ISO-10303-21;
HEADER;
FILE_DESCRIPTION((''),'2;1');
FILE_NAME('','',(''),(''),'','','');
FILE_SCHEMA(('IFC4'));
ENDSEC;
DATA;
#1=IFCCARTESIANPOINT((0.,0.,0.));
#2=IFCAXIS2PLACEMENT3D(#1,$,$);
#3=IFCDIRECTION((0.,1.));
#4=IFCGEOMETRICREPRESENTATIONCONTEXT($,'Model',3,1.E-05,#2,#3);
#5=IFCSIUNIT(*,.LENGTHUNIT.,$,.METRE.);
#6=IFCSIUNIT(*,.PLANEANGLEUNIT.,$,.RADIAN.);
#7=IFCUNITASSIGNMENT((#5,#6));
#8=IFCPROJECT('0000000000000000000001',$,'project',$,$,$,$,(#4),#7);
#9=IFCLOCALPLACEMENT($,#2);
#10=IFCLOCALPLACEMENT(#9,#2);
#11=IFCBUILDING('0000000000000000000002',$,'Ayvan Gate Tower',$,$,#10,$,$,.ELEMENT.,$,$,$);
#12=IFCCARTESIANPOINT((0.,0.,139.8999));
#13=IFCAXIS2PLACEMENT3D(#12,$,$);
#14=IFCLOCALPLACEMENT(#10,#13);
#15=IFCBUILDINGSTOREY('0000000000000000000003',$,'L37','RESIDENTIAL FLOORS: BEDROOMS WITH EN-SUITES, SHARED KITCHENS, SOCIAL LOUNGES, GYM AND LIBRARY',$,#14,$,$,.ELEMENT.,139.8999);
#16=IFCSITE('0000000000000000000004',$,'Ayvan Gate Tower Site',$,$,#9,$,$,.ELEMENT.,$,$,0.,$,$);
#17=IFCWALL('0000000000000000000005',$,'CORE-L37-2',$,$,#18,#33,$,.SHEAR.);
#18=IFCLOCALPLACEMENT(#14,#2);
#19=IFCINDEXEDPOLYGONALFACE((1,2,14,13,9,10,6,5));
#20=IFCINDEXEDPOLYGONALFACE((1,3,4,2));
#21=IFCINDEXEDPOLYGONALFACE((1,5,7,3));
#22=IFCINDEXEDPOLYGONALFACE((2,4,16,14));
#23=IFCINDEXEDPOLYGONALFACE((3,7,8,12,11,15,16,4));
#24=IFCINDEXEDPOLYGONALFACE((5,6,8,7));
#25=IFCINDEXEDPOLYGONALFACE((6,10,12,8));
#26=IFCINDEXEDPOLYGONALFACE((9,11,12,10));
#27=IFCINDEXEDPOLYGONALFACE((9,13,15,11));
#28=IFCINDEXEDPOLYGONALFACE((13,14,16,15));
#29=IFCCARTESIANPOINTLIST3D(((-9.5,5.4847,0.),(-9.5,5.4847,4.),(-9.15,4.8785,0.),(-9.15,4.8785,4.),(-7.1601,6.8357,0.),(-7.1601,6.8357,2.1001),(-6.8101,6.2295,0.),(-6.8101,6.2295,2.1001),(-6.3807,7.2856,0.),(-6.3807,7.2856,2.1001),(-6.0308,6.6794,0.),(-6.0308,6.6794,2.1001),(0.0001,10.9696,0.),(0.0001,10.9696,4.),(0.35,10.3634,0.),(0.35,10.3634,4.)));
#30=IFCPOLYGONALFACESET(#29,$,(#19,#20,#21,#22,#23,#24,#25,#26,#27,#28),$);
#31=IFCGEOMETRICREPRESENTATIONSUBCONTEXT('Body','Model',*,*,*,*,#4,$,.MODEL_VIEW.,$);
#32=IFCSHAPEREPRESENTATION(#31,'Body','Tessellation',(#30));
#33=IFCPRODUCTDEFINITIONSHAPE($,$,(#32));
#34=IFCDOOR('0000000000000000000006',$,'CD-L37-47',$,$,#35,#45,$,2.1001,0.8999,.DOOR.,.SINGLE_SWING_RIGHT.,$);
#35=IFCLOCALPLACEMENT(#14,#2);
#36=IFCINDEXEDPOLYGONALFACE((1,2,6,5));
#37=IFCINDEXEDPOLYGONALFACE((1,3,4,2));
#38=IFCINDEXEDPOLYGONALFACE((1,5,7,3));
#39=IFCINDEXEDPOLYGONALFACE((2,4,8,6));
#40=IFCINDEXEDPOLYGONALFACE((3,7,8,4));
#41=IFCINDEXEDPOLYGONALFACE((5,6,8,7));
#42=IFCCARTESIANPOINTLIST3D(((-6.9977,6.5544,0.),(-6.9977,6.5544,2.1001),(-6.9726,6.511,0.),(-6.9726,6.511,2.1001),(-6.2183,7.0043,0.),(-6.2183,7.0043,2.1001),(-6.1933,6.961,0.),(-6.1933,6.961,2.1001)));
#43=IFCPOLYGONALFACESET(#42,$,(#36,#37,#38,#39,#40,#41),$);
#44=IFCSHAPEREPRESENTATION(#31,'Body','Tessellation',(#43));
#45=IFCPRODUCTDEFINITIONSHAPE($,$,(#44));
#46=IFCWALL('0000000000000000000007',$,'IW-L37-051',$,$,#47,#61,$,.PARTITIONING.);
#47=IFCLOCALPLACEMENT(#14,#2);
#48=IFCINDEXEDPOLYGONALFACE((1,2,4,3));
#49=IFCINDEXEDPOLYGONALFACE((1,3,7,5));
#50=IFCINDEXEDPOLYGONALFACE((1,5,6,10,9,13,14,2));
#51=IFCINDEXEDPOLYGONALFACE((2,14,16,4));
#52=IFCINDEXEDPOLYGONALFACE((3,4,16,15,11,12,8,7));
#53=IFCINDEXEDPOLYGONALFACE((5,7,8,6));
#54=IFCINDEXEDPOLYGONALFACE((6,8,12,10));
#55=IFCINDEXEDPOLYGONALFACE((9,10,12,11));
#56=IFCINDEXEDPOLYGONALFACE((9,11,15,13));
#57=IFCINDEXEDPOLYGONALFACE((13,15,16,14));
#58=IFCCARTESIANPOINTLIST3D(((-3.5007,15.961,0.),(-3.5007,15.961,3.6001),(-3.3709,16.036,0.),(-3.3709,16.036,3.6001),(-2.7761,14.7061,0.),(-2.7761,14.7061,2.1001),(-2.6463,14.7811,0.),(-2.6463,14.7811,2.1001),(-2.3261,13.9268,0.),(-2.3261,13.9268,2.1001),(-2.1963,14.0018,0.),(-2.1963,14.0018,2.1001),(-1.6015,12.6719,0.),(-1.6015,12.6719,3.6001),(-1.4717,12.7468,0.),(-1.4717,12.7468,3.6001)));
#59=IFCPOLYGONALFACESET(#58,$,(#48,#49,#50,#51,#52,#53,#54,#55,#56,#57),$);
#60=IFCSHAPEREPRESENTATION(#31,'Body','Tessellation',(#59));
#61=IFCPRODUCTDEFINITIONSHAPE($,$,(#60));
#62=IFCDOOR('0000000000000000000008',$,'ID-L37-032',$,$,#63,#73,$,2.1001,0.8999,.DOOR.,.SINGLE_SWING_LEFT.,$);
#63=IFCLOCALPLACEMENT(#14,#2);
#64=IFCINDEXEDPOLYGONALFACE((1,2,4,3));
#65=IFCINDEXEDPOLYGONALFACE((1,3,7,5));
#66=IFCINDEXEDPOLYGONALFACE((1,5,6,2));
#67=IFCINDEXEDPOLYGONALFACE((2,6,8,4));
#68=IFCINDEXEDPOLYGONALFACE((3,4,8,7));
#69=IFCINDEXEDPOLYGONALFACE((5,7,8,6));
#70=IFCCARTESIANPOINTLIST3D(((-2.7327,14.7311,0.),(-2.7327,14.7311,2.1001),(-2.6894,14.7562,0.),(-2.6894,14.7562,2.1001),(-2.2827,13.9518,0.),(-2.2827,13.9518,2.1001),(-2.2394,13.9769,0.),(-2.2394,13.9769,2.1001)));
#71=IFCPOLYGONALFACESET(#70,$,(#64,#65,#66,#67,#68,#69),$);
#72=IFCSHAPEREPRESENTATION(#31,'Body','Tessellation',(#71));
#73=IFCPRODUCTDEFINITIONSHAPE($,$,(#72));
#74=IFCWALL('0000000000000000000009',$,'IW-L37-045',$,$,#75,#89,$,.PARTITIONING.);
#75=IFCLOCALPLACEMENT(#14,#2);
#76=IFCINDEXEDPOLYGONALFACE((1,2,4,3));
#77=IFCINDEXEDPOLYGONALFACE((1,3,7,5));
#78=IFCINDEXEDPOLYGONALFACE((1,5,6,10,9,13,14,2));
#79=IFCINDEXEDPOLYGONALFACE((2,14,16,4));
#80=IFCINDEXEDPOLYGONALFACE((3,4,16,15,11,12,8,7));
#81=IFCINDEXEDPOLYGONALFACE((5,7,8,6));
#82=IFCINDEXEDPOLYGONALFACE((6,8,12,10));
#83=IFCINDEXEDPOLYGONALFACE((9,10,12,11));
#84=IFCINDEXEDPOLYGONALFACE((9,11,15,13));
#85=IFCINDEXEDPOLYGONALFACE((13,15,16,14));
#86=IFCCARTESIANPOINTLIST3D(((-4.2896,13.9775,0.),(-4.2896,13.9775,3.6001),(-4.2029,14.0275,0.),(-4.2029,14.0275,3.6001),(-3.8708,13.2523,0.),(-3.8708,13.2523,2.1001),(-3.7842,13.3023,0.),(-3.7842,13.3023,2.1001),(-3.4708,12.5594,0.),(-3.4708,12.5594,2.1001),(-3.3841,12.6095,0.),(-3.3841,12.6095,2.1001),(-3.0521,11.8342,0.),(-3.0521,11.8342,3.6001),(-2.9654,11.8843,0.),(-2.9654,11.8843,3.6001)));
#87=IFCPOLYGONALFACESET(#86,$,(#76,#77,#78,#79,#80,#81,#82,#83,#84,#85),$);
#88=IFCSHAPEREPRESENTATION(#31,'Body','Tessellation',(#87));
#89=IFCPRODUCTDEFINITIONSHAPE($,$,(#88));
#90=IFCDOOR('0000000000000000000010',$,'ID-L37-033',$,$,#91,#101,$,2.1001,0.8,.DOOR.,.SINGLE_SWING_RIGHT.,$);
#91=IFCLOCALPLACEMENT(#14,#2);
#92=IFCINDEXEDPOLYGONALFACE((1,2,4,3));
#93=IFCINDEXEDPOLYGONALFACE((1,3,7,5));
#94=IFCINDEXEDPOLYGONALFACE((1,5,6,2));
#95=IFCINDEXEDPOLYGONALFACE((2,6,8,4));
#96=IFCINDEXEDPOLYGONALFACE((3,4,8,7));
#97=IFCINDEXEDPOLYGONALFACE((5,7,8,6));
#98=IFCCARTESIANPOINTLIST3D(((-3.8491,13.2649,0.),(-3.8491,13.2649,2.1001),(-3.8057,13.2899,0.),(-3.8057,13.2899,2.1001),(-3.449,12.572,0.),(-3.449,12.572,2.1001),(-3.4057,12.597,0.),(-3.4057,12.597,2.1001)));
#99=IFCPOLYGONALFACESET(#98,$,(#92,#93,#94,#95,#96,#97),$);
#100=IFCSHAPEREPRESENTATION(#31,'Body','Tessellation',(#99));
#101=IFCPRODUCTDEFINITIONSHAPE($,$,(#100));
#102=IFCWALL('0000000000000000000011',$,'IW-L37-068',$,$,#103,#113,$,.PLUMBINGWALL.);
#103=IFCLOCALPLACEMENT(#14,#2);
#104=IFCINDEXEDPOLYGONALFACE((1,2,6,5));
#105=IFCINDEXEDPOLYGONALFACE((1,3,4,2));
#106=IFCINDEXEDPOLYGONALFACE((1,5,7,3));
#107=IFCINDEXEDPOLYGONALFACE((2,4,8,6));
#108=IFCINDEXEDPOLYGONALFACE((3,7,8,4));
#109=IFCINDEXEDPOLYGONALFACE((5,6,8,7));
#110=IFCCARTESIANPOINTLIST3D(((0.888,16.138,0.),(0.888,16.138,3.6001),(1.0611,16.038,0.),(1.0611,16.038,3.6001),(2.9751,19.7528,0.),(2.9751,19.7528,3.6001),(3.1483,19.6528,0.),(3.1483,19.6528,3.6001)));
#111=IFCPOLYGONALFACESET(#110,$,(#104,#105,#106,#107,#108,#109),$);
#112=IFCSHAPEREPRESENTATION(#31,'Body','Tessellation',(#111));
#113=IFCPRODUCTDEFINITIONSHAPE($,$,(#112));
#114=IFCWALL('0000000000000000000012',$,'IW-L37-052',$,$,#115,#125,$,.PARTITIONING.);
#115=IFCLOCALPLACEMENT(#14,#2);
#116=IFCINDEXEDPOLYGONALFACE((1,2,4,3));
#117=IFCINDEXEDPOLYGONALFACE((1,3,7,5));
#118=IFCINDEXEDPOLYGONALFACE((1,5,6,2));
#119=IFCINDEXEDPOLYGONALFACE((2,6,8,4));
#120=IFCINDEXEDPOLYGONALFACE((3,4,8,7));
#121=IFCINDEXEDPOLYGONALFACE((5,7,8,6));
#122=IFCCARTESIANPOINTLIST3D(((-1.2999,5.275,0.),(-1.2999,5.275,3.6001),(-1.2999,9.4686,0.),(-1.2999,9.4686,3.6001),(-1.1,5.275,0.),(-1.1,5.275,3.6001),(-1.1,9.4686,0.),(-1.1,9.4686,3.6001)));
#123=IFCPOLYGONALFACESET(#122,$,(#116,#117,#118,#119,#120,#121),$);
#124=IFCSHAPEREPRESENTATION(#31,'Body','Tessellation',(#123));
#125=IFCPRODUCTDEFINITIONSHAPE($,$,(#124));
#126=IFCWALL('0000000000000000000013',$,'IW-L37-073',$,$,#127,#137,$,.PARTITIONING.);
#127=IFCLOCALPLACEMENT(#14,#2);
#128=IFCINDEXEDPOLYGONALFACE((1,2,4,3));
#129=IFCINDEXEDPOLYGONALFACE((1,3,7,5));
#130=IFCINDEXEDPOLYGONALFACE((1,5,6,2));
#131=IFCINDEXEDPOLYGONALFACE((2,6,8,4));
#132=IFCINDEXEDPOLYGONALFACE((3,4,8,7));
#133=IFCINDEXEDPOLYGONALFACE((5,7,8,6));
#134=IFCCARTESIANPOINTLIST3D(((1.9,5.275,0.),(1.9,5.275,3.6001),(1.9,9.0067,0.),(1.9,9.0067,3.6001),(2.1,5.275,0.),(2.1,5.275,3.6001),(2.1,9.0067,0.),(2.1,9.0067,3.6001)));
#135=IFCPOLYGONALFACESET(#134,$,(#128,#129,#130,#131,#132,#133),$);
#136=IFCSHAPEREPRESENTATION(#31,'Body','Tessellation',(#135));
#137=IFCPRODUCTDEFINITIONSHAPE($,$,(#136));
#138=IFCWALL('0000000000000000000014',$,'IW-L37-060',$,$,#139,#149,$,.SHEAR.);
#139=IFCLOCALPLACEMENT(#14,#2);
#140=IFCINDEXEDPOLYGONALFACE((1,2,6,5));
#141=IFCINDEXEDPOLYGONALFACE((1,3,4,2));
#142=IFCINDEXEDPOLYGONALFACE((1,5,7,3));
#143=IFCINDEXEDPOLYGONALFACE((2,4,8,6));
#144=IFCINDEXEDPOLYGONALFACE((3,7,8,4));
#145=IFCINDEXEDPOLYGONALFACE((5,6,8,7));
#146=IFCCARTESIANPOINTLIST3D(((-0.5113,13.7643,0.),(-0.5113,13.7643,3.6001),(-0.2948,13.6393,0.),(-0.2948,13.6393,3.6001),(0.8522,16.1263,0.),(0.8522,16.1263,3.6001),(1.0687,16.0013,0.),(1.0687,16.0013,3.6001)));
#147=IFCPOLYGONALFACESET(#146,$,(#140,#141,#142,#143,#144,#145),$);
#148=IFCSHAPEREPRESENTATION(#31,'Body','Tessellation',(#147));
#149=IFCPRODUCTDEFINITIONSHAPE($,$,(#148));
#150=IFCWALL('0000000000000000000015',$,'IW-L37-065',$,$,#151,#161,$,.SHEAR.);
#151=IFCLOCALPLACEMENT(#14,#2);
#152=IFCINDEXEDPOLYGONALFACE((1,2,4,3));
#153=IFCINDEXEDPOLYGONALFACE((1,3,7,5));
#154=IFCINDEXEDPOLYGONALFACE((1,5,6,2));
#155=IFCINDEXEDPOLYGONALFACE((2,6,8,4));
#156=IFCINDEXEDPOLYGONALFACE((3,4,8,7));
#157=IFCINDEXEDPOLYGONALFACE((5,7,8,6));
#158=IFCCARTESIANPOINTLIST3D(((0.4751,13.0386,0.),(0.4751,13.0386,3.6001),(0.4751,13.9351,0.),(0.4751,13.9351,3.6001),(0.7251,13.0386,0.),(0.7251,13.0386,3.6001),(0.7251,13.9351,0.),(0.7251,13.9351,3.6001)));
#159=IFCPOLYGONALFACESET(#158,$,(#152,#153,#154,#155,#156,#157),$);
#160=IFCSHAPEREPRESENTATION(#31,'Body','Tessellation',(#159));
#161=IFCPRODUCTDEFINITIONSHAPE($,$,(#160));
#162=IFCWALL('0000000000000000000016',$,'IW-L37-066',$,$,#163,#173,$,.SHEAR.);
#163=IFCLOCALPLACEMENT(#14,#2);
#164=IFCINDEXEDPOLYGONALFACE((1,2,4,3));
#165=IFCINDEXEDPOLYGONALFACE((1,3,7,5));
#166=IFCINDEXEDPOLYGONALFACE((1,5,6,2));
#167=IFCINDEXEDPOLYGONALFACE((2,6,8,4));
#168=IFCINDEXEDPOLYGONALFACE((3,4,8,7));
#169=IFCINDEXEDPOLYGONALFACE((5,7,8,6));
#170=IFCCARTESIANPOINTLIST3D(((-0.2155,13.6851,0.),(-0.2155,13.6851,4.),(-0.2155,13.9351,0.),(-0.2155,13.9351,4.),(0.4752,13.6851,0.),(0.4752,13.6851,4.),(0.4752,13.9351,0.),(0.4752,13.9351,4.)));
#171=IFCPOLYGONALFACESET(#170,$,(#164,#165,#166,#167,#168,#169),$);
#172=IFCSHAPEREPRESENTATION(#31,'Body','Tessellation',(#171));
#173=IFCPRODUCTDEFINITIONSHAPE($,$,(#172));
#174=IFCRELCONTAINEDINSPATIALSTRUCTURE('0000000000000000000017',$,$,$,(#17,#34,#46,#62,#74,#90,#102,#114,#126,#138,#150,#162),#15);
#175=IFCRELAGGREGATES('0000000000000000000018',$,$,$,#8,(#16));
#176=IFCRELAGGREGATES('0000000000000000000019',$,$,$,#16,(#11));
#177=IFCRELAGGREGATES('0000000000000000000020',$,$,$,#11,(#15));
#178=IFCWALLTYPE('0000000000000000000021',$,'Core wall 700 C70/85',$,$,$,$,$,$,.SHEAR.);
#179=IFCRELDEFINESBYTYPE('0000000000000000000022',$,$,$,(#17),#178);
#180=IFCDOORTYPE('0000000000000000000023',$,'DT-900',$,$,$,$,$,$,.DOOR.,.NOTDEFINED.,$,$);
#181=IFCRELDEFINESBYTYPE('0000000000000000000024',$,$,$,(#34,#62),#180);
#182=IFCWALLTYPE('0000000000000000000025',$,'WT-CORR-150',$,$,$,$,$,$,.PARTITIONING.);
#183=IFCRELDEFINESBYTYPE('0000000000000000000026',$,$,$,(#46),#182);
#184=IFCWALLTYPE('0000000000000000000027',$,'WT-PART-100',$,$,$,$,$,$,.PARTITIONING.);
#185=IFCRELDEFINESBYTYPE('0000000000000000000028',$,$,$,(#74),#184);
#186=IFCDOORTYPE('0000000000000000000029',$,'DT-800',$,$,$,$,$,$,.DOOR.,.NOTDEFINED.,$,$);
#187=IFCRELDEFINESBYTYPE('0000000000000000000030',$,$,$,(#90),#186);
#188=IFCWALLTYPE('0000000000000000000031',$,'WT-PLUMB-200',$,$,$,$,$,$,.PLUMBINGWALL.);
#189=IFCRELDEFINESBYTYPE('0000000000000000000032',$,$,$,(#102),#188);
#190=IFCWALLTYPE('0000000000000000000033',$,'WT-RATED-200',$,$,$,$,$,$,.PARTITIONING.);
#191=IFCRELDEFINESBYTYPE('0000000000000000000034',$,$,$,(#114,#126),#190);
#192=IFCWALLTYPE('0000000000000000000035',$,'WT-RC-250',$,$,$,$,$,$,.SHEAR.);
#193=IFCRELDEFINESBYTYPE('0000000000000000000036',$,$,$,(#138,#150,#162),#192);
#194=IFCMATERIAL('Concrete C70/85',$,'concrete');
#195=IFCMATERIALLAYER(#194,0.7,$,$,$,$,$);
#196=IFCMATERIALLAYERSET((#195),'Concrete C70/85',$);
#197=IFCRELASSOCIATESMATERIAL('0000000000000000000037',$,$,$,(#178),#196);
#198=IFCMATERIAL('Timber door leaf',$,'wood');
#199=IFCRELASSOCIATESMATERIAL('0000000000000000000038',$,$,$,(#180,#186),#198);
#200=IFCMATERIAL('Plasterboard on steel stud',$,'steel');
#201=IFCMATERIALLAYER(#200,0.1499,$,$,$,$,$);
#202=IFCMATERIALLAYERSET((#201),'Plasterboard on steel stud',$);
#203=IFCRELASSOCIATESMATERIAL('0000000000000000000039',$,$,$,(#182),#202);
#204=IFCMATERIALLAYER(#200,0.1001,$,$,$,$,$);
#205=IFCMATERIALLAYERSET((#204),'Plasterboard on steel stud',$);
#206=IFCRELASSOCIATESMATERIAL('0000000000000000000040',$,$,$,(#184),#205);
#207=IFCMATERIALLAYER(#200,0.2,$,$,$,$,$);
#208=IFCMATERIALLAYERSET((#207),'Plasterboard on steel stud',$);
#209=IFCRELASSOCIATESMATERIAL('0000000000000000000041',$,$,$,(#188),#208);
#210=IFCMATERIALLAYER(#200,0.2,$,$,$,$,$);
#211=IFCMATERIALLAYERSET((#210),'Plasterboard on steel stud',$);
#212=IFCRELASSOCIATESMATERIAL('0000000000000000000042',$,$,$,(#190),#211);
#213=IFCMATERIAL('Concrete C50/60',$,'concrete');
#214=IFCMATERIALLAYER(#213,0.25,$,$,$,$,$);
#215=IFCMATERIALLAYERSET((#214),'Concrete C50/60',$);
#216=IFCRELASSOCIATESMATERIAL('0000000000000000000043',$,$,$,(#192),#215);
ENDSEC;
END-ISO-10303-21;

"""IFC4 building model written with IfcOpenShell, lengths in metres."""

from ifc_helpers import new_model, si_unit, direction, frame, frame_2d, origin, place, context, subcontext, project, spatial, rectangle, extrude, material, layer, layer_set, type_object, element, fill, save


model = new_model("IFC4")

# Units and contexts
model_context = context("Model", 3, precision=1e-05, world=origin(), true_north=direction((0.0, 1.0)))
body_context = subcontext(model_context, "Body", "Model", "MODEL_VIEW")
ifc_project = project(units=[si_unit("LENGTHUNIT", "METRE"), si_unit("PLANEANGLEUNIT", "RADIAN")], contexts=[model_context])

# Site, building, storey
site_placement = place(None, origin())
site = spatial("IfcSite", under=ifc_project, at=site_placement, Name="Ayvan Gate Tower Site", CompositionType="ELEMENT", RefElevation=0.0)
building_placement = place(site_placement, origin())
building = spatial("IfcBuilding", under=site, at=building_placement, Name="Ayvan Gate Tower", CompositionType="ELEMENT")
storey_placement = place(building_placement, frame((0.0, 0.0, 139.8999)))
storey = spatial("IfcBuildingStorey", under=building, at=storey_placement, Name="L37", Description="RESIDENTIAL FLOORS: BEDROOMS WITH EN-SUITES, SHARED KITCHENS, SOCIAL LOUNGES, GYM AND LIBRARY", CompositionType="ELEMENT", Elevation=139.8999)

# Walls, openings, doors
ifc_material_1 = material(Name="Concrete C70/85", Category="concrete")
ifc_layer_1 = layer(ifc_material_1, 0.7)
ifc_layer_set_1 = layer_set([ifc_layer_1], Name="Concrete C70/85")
wall_type_1 = type_object("IfcWallType", Name="Core wall 700 C70/85", PredefinedType="SHEAR", material=ifc_layer_set_1)
wall_1_placement = place(storey_placement, frame((0.175, 10.6665, 0.0), z_axis=(0.0, 0.0, 1.0), x_axis=(-0.866024, -0.500002, 0.0)))
wall_1 = element("IfcWall", 1, at=wall_1_placement, inside=storey, type_object=wall_type_1, Name="CORE-L37-2", PredefinedType="SHEAR", context=body_context, shape_type="SweptSolid", body=[
    extrude(rectangle(XDim=10.9697, YDim=0.7, at=frame_2d((5.4849, 0.0))), origin(), (0.0, 0.0, 1.0), 4.0),
])
opening_1_placement = place(wall_1_placement, frame((7.3679, 0.0, 0.0)))
opening_1 = element("IfcOpeningElement", 2, at=opening_1_placement, cuts=wall_1, PredefinedType="OPENING", context=body_context, shape_type="SweptSolid", body=[
    extrude(rectangle(XDim=0.8999, YDim=2.1001, at=frame_2d((0.45, 1.05))), frame((0.0, 0.3599, 0.0), z_axis=(0.0, -1.0, 0.0), x_axis=(1.0, 0.0, 0.0)), (0.0, 0.0, 1.0), 0.72),
])
ifc_material_2 = material(Name="Timber door leaf", Category="wood")
door_type_1 = type_object("IfcDoorType", Name="DT-900", OperationType="NOTDEFINED", PredefinedType="DOOR", material=ifc_material_2)
door_1_placement = place(opening_1_placement, origin())
door_1 = element("IfcDoor", 3, at=door_1_placement, inside=storey, type_object=door_type_1, Name="CD-L37-47", OperationType="SINGLE_SWING_RIGHT", OverallHeight=2.1001, OverallWidth=0.8999, PredefinedType="DOOR", context=body_context, shape_type="SweptSolid", body=[
    extrude(rectangle(XDim=0.8999, YDim=2.1001, at=frame_2d((0.45, 1.05))), frame((0.0, 0.0249, 0.0), z_axis=(0.0, -1.0, 0.0), x_axis=(1.0, 0.0, 0.0)), (0.0, 0.0, 1.0), 0.05),
])
fill(opening_1, door_1)
ifc_material_3 = material(Name="Plasterboard on steel stud", Category="steel")
ifc_layer_2 = layer(ifc_material_3, 0.1499)
ifc_layer_set_2 = layer_set([ifc_layer_2], Name="Plasterboard on steel stud")
wall_type_2 = type_object("IfcWallType", Name="WT-CORR-150", PredefinedType="PARTITIONING", material=ifc_layer_set_2)
wall_2_placement = place(storey_placement, frame((-1.5366, 12.7095, 0.0), z_axis=(0.0, 0.0, 1.0), x_axis=(-0.500045, 0.865999, 0.0)))
wall_2 = element("IfcWall", 4, at=wall_2_placement, inside=storey, type_object=wall_type_2, Name="IW-L37-051", PredefinedType="PARTITIONING", context=body_context, shape_type="SweptSolid", body=[
    extrude(rectangle(XDim=3.7981, YDim=0.1499, at=frame_2d((1.8989, 0.0))), origin(), (0.0, 0.0, 1.0), 3.6001),
])
opening_2_placement = place(wall_2_placement, frame((1.449, 0.0, 0.0)))
opening_2 = element("IfcOpeningElement", 5, at=opening_2_placement, cuts=wall_2, PredefinedType="OPENING", context=body_context, shape_type="SweptSolid", body=[
    extrude(rectangle(XDim=0.8999, YDim=2.1001, at=frame_2d((0.45, 1.05))), frame((0.0, 0.085, 0.0), z_axis=(0.0, -1.0, 0.0), x_axis=(1.0, 0.0, 0.0)), (0.0, 0.0, 1.0), 0.1699),
])
door_2_placement = place(opening_2_placement, origin())
door_2 = element("IfcDoor", 6, at=door_2_placement, inside=storey, type_object=door_type_1, Name="ID-L37-032", OperationType="SINGLE_SWING_LEFT", OverallHeight=2.1001, OverallWidth=0.8999, PredefinedType="DOOR", context=body_context, shape_type="SweptSolid", body=[
    extrude(rectangle(XDim=0.8999, YDim=2.1001, at=frame_2d((0.45, 1.05))), frame((0.0, 0.0249, 0.0), z_axis=(0.0, -1.0, 0.0), x_axis=(1.0, 0.0, 0.0)), (0.0, 0.0, 1.0), 0.05),
])
fill(opening_2, door_2)
ifc_layer_3 = layer(ifc_material_3, 0.1001)
ifc_layer_set_3 = layer_set([ifc_layer_3], Name="Plasterboard on steel stud")
wall_type_3 = type_object("IfcWallType", Name="WT-PART-100", PredefinedType="PARTITIONING", material=ifc_layer_set_3)
wall_3_placement = place(storey_placement, frame((-3.0088, 11.8594, 0.0), z_axis=(0.0, 0.0, 1.0), x_axis=(-0.500033, 0.866007, 0.0)))
wall_3 = element("IfcWall", 7, at=wall_3_placement, inside=storey, type_object=wall_type_3, Name="IW-L37-045", PredefinedType="PARTITIONING", context=body_context, shape_type="SweptSolid", body=[
    extrude(rectangle(XDim=2.4749, YDim=0.1001, at=frame_2d((1.2373, 0.0))), origin(), (0.0, 0.0, 1.0), 3.6001),
])
opening_3_placement = place(wall_3_placement, frame((0.8374, 0.0, 0.0)))
opening_3 = element("IfcOpeningElement", 8, at=opening_3_placement, cuts=wall_3, PredefinedType="OPENING", context=body_context, shape_type="SweptSolid", body=[
    extrude(rectangle(XDim=0.8, YDim=2.1001, at=frame_2d((0.3999, 1.05))), frame((0.0, 0.0601, 0.0), z_axis=(0.0, -1.0, 0.0), x_axis=(1.0, 0.0, 0.0)), (0.0, 0.0, 1.0), 0.1201),
])
door_type_2 = type_object("IfcDoorType", Name="DT-800", OperationType="NOTDEFINED", PredefinedType="DOOR", material=ifc_material_2)
door_3_placement = place(opening_3_placement, origin())
door_3 = element("IfcDoor", 9, at=door_3_placement, inside=storey, type_object=door_type_2, Name="ID-L37-033", OperationType="SINGLE_SWING_RIGHT", OverallHeight=2.1001, OverallWidth=0.8, PredefinedType="DOOR", context=body_context, shape_type="SweptSolid", body=[
    extrude(rectangle(XDim=0.8, YDim=2.1001, at=frame_2d((0.3999, 1.05))), frame((0.0, 0.0249, 0.0), z_axis=(0.0, -1.0, 0.0), x_axis=(1.0, 0.0, 0.0)), (0.0, 0.0, 1.0), 0.05),
])
fill(opening_3, door_3)

# Walls
ifc_layer_4 = layer(ifc_material_3, 0.2)
ifc_layer_set_4 = layer_set([ifc_layer_4], Name="Plasterboard on steel stud")
wall_type_4 = type_object("IfcWallType", Name="WT-PLUMB-200", PredefinedType="PLUMBINGWALL", material=ifc_layer_set_4)
wall_4_placement = place(storey_placement, frame((0.9746, 16.0881, 0.0), z_axis=(0.0, 0.0, 1.0), x_axis=(0.500033, 0.866006, 0.0)))
element("IfcWall", 10, at=wall_4_placement, inside=storey, type_object=wall_type_4, Name="IW-L37-068", PredefinedType="PLUMBINGWALL", context=body_context, shape_type="SweptSolid", body=[
    extrude(rectangle(XDim=4.1741, YDim=0.2, at=frame_2d((2.0869, 0.0))), origin(), (0.0, 0.0, 1.0), 3.6001),
])
ifc_layer_5 = layer(ifc_material_3, 0.2)
ifc_layer_set_5 = layer_set([ifc_layer_5], Name="Plasterboard on steel stud")
wall_type_5 = type_object("IfcWallType", Name="WT-RATED-200", PredefinedType="PARTITIONING", material=ifc_layer_set_5)
wall_5_placement = place(storey_placement, frame((-1.2, 9.4685, 0.0), z_axis=(0.0, 0.0, 1.0), x_axis=(0.0, -1.0, 0.0)))
element("IfcWall", 11, at=wall_5_placement, inside=storey, type_object=wall_type_5, Name="IW-L37-052", PredefinedType="PARTITIONING", context=body_context, shape_type="SweptSolid", body=[
    extrude(rectangle(XDim=4.1936, YDim=0.2, at=frame_2d((2.0967, 0.0))), origin(), (0.0, 0.0, 1.0), 3.6001),
])
wall_6_placement = place(storey_placement, frame((2.0, 9.0066, 0.0), z_axis=(0.0, 0.0, 1.0), x_axis=(0.0, -1.0, 0.0)))
element("IfcWall", 12, at=wall_6_placement, inside=storey, type_object=wall_type_5, Name="IW-L37-073", PredefinedType="PARTITIONING", context=body_context, shape_type="SweptSolid", body=[
    extrude(rectangle(XDim=3.7317, YDim=0.2, at=frame_2d((1.8657, 0.0))), origin(), (0.0, 0.0, 1.0), 3.6001),
])
ifc_material_4 = material(Name="Concrete C50/60", Category="concrete")
ifc_layer_6 = layer(ifc_material_4, 0.25)
ifc_layer_set_6 = layer_set([ifc_layer_6], Name="Concrete C50/60")
wall_type_6 = type_object("IfcWallType", Name="WT-RC-250", PredefinedType="SHEAR", material=ifc_layer_set_6)
wall_7_placement = place(storey_placement, frame((-0.4031, 13.7017, 0.0), z_axis=(0.0, 0.0, 1.0), x_axis=(0.499942, 0.866059, 0.0)))
element("IfcWall", 13, at=wall_7_placement, inside=storey, type_object=wall_type_6, Name="IW-L37-060", PredefinedType="SHEAR", context=body_context, shape_type="SweptSolid", body=[
    extrude(rectangle(XDim=2.7273, YDim=0.25, at=frame_2d((1.3638, 0.0))), origin(), (0.0, 0.0, 1.0), 3.6001),
])
wall_8_placement = place(storey_placement, frame((0.6001, 13.0386, 0.0), z_axis=(0.0, 0.0, 1.0), x_axis=(0.0, 1.0, 0.0)))
element("IfcWall", 14, at=wall_8_placement, inside=storey, type_object=wall_type_6, Name="IW-L37-065", PredefinedType="SHEAR", context=body_context, shape_type="SweptSolid", body=[
    extrude(rectangle(XDim=0.8965, YDim=0.25, at=frame_2d((0.4482, 0.0))), origin(), (0.0, 0.0, 1.0), 3.6001),
])
wall_9_placement = place(storey_placement, frame((0.4751, 13.8101, 0.0), z_axis=(0.0, 0.0, 1.0), x_axis=(-1.0, 0.0, 0.0)))
element("IfcWall", 15, at=wall_9_placement, inside=storey, type_object=wall_type_6, Name="IW-L37-066", PredefinedType="SHEAR", context=body_context, shape_type="SweptSolid", body=[
    extrude(rectangle(XDim=0.6907, YDim=0.25, at=frame_2d((0.3452, 0.0))), origin(), (0.0, 0.0, 1.0), 4.0),
])

save(model, "model.ifc")
